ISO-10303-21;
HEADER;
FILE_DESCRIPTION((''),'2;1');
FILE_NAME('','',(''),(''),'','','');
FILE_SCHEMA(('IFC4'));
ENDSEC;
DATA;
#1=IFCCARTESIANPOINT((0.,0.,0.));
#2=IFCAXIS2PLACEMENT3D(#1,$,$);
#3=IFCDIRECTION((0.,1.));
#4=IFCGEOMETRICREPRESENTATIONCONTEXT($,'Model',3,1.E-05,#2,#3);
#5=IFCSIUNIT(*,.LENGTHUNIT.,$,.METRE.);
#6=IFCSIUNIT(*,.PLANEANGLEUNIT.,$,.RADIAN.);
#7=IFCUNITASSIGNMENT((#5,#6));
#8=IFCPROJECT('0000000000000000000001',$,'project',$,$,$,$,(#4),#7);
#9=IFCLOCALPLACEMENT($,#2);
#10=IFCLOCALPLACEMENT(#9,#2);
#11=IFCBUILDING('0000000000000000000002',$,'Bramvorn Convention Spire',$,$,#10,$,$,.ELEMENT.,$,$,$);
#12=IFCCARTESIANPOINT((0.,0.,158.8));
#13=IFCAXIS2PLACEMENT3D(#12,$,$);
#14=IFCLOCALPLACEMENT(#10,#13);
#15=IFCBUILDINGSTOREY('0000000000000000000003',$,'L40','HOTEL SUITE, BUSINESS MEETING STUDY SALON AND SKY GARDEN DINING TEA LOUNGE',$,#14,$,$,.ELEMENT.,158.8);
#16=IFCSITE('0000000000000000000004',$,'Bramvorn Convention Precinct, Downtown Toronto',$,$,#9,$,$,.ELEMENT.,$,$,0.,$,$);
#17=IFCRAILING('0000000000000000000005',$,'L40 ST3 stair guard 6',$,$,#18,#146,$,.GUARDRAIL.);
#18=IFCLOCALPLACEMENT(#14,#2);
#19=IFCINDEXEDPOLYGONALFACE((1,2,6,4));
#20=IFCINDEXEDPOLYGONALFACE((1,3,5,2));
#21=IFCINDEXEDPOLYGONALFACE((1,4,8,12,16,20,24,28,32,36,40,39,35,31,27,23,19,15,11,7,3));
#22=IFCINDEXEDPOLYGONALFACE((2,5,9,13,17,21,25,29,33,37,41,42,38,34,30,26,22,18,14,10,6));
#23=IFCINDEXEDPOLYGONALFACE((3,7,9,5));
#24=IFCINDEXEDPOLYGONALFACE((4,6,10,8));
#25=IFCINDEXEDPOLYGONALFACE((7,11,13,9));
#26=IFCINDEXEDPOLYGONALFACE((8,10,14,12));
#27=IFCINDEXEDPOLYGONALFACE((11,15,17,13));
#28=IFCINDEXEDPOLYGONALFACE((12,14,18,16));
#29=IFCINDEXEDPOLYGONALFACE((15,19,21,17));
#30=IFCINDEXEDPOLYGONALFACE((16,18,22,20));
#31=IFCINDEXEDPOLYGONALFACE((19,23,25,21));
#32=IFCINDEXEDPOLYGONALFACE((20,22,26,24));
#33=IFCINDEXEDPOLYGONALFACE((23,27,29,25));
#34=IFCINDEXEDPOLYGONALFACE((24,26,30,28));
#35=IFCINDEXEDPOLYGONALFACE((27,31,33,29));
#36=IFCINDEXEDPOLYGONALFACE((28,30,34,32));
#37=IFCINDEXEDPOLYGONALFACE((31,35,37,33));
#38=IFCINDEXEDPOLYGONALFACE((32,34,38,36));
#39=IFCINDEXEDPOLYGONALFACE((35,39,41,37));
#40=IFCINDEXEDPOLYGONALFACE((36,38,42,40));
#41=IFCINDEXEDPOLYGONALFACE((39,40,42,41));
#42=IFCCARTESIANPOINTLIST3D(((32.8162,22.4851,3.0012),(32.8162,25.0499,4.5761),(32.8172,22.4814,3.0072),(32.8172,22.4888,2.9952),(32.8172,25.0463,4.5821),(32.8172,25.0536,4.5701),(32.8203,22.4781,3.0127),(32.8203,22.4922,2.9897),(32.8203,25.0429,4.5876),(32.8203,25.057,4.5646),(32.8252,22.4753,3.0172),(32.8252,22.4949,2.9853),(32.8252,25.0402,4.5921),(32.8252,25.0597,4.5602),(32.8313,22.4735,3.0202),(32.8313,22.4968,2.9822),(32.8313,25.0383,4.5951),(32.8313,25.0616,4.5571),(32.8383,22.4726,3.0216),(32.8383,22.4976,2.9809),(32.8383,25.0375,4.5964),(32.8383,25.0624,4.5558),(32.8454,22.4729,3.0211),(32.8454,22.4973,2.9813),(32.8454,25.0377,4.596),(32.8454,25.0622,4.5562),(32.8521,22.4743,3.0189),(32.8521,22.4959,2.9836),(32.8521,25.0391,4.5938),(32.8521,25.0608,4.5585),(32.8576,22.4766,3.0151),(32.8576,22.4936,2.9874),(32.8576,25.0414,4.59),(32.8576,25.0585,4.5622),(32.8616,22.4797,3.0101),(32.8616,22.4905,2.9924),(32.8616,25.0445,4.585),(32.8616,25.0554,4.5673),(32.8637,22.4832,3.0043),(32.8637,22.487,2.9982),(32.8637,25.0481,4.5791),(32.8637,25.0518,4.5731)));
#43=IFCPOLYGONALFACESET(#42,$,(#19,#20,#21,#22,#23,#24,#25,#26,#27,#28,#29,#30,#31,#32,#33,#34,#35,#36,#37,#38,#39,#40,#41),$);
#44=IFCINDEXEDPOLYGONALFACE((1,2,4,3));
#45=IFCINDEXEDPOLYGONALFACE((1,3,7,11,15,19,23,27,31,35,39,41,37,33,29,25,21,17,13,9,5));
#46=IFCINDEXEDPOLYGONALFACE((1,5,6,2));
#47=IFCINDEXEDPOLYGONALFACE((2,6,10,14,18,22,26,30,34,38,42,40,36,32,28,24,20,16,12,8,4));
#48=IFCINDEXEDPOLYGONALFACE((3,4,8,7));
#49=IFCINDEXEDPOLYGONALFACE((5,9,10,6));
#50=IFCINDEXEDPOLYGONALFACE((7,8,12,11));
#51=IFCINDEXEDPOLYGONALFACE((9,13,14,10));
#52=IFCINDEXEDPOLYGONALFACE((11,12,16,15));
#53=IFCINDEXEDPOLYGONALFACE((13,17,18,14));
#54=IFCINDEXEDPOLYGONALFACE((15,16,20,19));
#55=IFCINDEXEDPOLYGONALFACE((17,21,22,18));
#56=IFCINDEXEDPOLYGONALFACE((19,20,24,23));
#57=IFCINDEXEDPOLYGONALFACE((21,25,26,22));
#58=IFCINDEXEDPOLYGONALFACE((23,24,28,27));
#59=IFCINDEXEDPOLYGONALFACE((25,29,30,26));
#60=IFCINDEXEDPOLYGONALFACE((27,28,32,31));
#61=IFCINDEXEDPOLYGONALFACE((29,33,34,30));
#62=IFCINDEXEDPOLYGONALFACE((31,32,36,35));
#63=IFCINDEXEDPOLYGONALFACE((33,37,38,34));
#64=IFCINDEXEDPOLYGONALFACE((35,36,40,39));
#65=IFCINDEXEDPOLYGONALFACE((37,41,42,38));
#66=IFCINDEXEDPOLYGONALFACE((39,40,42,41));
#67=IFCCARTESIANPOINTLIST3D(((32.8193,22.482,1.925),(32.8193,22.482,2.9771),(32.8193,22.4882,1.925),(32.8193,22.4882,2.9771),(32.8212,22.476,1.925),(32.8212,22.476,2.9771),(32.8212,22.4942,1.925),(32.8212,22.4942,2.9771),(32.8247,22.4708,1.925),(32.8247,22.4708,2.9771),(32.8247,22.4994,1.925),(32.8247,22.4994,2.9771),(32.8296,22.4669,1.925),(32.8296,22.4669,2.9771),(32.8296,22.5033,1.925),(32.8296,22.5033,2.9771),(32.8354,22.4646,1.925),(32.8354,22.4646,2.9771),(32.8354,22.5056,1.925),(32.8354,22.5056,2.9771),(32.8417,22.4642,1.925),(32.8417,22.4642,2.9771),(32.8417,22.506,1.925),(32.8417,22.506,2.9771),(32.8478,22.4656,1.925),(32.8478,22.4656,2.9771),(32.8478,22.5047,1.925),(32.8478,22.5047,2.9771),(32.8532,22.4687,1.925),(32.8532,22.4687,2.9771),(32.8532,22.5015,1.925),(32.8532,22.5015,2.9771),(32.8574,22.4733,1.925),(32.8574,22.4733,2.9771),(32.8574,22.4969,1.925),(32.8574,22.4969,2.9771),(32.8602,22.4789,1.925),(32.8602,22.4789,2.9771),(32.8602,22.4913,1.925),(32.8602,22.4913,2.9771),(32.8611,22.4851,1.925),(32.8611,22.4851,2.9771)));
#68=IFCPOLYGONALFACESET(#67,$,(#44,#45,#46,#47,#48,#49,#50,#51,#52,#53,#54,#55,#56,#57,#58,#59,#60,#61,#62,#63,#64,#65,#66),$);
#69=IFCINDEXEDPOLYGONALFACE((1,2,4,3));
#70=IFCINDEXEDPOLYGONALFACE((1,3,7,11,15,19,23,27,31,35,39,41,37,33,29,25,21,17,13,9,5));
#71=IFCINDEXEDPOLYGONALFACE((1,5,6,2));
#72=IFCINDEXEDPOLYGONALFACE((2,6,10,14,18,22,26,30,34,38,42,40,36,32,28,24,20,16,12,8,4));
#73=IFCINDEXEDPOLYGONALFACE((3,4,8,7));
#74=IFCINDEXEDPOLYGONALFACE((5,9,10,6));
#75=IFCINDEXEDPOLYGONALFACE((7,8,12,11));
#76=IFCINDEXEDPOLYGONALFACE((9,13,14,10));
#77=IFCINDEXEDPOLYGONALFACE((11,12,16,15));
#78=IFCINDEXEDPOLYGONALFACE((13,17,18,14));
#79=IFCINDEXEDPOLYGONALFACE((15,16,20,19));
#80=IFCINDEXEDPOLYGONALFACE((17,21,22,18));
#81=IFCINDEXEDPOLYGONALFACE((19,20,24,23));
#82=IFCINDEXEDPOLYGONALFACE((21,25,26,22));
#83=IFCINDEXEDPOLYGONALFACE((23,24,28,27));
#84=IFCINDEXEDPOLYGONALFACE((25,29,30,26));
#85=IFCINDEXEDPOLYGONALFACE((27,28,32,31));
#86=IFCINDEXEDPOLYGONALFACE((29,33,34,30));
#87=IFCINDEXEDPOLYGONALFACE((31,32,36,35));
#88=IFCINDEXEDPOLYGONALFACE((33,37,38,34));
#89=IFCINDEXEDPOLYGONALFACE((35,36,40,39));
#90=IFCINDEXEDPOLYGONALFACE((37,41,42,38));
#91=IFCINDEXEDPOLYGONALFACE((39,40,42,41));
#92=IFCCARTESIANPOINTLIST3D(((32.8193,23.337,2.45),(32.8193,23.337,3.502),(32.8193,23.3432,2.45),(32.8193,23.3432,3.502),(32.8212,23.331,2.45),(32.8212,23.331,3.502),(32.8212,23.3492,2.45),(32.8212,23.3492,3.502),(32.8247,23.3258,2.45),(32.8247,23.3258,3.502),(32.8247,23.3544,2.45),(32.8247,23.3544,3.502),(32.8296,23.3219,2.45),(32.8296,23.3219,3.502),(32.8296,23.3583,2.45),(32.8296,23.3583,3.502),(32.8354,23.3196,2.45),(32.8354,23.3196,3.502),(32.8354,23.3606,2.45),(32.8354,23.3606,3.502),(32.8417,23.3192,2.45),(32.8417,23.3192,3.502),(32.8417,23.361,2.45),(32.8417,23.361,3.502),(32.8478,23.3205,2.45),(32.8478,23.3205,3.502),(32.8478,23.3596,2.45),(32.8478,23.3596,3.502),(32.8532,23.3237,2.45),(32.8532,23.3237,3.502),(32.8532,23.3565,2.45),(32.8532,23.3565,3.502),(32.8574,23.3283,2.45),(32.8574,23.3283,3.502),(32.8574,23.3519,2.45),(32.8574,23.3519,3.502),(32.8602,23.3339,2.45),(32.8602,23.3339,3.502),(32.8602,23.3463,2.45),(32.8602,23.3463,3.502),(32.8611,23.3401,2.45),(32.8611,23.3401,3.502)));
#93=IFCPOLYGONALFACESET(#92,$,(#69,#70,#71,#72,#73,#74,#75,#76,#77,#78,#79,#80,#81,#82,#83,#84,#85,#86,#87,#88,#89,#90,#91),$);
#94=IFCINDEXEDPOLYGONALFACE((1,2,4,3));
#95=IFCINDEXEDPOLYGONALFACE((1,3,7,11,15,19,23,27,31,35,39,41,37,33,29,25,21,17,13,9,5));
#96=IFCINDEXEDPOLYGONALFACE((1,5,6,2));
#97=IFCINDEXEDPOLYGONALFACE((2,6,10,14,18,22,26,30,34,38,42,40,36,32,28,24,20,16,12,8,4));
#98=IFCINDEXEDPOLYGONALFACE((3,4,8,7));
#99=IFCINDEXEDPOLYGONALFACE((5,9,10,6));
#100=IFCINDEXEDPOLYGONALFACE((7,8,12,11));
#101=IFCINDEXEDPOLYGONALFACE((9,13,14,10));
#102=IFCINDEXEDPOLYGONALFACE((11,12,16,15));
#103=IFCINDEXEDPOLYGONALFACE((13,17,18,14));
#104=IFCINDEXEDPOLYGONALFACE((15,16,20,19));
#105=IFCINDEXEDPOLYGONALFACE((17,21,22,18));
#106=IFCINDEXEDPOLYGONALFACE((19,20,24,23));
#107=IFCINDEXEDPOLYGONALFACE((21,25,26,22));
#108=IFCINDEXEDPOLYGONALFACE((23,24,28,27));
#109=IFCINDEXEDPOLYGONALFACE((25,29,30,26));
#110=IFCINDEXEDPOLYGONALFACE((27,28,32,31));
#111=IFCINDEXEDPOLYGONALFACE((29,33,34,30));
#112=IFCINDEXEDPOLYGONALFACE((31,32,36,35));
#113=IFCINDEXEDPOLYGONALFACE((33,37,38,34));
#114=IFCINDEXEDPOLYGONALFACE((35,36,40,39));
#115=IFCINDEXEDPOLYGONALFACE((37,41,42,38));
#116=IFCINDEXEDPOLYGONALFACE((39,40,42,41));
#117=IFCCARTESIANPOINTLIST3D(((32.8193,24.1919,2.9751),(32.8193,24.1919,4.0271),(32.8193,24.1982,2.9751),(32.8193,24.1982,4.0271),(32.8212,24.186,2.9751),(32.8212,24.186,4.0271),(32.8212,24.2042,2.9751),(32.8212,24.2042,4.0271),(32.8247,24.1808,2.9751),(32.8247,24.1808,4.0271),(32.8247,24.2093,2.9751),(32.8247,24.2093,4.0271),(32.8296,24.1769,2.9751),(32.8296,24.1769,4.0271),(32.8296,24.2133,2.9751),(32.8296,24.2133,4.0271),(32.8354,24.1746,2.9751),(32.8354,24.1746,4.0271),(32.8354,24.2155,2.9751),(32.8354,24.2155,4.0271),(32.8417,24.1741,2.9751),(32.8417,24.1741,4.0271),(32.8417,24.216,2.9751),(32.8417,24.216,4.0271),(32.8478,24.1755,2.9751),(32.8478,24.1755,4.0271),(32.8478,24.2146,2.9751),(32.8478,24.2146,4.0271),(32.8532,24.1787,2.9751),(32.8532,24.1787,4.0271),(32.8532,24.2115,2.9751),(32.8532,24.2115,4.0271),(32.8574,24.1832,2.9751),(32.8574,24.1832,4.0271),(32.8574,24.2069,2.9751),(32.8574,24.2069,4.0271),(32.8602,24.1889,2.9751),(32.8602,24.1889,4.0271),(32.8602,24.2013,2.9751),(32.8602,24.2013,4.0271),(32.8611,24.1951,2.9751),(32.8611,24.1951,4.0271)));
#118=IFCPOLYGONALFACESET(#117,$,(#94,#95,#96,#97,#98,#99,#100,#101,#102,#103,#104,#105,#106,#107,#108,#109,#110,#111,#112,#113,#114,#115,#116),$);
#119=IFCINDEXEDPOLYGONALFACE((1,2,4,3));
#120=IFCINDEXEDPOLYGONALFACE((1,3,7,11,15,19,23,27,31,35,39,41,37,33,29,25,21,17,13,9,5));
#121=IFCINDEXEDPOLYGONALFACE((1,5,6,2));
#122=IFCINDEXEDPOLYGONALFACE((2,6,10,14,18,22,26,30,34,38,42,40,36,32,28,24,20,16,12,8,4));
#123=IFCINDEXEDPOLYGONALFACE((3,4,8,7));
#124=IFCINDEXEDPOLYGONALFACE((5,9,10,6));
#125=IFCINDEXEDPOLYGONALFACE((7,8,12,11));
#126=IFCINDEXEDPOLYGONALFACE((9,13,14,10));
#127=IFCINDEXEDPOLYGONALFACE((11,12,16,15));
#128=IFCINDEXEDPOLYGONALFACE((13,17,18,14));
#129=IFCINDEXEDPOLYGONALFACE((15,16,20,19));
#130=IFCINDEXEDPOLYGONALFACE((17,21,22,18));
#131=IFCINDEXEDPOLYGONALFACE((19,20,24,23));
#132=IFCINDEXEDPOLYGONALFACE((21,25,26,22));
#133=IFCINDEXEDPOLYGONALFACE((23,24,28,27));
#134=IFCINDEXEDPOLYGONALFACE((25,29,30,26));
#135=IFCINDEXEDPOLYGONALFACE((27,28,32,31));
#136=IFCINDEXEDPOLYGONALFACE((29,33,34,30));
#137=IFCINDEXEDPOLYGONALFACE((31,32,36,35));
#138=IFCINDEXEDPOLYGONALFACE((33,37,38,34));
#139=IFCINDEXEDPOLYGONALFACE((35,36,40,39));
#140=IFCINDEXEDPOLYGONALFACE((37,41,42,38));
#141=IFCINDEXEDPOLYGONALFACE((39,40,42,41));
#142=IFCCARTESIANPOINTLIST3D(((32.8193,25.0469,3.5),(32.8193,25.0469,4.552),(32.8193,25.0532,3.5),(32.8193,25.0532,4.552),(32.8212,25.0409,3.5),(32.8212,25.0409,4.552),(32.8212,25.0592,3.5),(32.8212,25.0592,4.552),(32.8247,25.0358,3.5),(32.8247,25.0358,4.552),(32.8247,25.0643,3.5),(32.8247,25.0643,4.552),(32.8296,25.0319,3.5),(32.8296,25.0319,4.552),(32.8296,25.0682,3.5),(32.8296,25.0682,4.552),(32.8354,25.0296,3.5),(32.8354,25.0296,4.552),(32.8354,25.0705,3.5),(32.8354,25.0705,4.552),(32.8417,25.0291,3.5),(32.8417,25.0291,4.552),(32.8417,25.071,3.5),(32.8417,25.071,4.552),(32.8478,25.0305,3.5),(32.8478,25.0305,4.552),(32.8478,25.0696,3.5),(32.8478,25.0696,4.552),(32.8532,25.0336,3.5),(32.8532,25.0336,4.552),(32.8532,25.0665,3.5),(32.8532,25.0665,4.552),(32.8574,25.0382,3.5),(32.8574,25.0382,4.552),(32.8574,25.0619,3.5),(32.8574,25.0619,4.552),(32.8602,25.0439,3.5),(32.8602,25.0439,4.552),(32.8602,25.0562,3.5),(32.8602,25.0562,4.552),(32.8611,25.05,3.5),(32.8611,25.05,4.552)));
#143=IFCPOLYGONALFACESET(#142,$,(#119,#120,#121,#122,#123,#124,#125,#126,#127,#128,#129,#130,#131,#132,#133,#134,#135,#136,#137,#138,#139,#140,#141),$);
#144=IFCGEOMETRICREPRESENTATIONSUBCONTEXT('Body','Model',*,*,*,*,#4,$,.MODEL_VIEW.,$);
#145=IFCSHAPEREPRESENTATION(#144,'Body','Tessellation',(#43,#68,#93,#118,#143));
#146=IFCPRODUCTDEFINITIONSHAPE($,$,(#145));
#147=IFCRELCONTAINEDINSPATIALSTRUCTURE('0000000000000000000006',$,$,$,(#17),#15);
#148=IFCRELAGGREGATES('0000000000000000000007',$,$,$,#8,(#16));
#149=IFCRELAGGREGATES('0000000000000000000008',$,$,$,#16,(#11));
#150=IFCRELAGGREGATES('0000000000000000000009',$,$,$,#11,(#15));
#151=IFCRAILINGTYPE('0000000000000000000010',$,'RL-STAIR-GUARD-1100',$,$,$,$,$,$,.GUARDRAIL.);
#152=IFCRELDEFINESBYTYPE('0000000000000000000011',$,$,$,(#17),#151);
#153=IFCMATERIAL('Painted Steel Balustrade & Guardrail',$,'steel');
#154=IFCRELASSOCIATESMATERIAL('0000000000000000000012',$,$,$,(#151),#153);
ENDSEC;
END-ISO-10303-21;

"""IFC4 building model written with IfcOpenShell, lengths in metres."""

from ifc_helpers import new_model, si_unit, direction, frame, origin, origin_2d, place, context, subcontext, project, spatial, circle, extrude, material, type_object, element, save


model = new_model("IFC4")

# Units and contexts
model_context = context("Model", 3, precision=1e-05, world=origin(), true_north=direction((0.0, 1.0)))
body_context = subcontext(model_context, "Body", "Model", "MODEL_VIEW")
ifc_project = project(units=[si_unit("LENGTHUNIT", "METRE"), si_unit("PLANEANGLEUNIT", "RADIAN")], contexts=[model_context])

# Site, building, storey
site_placement = place(None, origin())
site = spatial("IfcSite", under=ifc_project, at=site_placement, Name="Bramvorn Convention Precinct, Downtown Toronto", CompositionType="ELEMENT", RefElevation=0.0)
building_placement = place(site_placement, origin())
building = spatial("IfcBuilding", under=site, at=building_placement, Name="Bramvorn Convention Spire", CompositionType="ELEMENT")
storey_placement = place(building_placement, frame((0.0, 0.0, 158.8)))
storey = spatial("IfcBuildingStorey", under=building, at=storey_placement, Name="L40", Description="HOTEL SUITE, BUSINESS MEETING STUDY SALON AND SKY GARDEN DINING TEA LOUNGE", CompositionType="ELEMENT", Elevation=158.8)

# Railing
ifc_material_1 = material(Name="Painted Steel Balustrade & Guardrail", Category="steel")
railing_type_1 = type_object("IfcRailingType", Name="RL-STAIR-GUARD-1100", PredefinedType="GUARDRAIL", material=ifc_material_1)
railing_1_placement = place(storey_placement, frame((32.8401, 22.4851, 1.925)))
element("IfcRailing", 1, at=railing_1_placement, inside=storey, type_object=railing_type_1, Name="L40 ST3 stair guard 6", PredefinedType="GUARDRAIL", context=body_context, shape_type="SweptSolid", body=[
    extrude(circle(Radius=0.0239, at=origin_2d()), frame((0.0, 0.0, 1.0762), z_axis=(0.0, 0.852173, 0.52326), x_axis=(-1.0, 0.0, 0.0)), (0.0, 0.0, 1.0), 3.0098),
    extrude(circle(Radius=0.021, at=origin_2d()), origin(), (0.0, 0.0, 1.0), 1.052),
    extrude(circle(Radius=0.021, at=origin_2d()), frame((0.0, 0.855, 0.5249)), (0.0, 0.0, 1.0), 1.052),
    extrude(circle(Radius=0.021, at=origin_2d()), frame((0.0, 1.71, 1.05)), (0.0, 0.0, 1.0), 1.052),
    extrude(circle(Radius=0.021, at=origin_2d()), frame((0.0, 2.5649, 1.575)), (0.0, 0.0, 1.0), 1.052),
])

save(model, "model.ifc")
